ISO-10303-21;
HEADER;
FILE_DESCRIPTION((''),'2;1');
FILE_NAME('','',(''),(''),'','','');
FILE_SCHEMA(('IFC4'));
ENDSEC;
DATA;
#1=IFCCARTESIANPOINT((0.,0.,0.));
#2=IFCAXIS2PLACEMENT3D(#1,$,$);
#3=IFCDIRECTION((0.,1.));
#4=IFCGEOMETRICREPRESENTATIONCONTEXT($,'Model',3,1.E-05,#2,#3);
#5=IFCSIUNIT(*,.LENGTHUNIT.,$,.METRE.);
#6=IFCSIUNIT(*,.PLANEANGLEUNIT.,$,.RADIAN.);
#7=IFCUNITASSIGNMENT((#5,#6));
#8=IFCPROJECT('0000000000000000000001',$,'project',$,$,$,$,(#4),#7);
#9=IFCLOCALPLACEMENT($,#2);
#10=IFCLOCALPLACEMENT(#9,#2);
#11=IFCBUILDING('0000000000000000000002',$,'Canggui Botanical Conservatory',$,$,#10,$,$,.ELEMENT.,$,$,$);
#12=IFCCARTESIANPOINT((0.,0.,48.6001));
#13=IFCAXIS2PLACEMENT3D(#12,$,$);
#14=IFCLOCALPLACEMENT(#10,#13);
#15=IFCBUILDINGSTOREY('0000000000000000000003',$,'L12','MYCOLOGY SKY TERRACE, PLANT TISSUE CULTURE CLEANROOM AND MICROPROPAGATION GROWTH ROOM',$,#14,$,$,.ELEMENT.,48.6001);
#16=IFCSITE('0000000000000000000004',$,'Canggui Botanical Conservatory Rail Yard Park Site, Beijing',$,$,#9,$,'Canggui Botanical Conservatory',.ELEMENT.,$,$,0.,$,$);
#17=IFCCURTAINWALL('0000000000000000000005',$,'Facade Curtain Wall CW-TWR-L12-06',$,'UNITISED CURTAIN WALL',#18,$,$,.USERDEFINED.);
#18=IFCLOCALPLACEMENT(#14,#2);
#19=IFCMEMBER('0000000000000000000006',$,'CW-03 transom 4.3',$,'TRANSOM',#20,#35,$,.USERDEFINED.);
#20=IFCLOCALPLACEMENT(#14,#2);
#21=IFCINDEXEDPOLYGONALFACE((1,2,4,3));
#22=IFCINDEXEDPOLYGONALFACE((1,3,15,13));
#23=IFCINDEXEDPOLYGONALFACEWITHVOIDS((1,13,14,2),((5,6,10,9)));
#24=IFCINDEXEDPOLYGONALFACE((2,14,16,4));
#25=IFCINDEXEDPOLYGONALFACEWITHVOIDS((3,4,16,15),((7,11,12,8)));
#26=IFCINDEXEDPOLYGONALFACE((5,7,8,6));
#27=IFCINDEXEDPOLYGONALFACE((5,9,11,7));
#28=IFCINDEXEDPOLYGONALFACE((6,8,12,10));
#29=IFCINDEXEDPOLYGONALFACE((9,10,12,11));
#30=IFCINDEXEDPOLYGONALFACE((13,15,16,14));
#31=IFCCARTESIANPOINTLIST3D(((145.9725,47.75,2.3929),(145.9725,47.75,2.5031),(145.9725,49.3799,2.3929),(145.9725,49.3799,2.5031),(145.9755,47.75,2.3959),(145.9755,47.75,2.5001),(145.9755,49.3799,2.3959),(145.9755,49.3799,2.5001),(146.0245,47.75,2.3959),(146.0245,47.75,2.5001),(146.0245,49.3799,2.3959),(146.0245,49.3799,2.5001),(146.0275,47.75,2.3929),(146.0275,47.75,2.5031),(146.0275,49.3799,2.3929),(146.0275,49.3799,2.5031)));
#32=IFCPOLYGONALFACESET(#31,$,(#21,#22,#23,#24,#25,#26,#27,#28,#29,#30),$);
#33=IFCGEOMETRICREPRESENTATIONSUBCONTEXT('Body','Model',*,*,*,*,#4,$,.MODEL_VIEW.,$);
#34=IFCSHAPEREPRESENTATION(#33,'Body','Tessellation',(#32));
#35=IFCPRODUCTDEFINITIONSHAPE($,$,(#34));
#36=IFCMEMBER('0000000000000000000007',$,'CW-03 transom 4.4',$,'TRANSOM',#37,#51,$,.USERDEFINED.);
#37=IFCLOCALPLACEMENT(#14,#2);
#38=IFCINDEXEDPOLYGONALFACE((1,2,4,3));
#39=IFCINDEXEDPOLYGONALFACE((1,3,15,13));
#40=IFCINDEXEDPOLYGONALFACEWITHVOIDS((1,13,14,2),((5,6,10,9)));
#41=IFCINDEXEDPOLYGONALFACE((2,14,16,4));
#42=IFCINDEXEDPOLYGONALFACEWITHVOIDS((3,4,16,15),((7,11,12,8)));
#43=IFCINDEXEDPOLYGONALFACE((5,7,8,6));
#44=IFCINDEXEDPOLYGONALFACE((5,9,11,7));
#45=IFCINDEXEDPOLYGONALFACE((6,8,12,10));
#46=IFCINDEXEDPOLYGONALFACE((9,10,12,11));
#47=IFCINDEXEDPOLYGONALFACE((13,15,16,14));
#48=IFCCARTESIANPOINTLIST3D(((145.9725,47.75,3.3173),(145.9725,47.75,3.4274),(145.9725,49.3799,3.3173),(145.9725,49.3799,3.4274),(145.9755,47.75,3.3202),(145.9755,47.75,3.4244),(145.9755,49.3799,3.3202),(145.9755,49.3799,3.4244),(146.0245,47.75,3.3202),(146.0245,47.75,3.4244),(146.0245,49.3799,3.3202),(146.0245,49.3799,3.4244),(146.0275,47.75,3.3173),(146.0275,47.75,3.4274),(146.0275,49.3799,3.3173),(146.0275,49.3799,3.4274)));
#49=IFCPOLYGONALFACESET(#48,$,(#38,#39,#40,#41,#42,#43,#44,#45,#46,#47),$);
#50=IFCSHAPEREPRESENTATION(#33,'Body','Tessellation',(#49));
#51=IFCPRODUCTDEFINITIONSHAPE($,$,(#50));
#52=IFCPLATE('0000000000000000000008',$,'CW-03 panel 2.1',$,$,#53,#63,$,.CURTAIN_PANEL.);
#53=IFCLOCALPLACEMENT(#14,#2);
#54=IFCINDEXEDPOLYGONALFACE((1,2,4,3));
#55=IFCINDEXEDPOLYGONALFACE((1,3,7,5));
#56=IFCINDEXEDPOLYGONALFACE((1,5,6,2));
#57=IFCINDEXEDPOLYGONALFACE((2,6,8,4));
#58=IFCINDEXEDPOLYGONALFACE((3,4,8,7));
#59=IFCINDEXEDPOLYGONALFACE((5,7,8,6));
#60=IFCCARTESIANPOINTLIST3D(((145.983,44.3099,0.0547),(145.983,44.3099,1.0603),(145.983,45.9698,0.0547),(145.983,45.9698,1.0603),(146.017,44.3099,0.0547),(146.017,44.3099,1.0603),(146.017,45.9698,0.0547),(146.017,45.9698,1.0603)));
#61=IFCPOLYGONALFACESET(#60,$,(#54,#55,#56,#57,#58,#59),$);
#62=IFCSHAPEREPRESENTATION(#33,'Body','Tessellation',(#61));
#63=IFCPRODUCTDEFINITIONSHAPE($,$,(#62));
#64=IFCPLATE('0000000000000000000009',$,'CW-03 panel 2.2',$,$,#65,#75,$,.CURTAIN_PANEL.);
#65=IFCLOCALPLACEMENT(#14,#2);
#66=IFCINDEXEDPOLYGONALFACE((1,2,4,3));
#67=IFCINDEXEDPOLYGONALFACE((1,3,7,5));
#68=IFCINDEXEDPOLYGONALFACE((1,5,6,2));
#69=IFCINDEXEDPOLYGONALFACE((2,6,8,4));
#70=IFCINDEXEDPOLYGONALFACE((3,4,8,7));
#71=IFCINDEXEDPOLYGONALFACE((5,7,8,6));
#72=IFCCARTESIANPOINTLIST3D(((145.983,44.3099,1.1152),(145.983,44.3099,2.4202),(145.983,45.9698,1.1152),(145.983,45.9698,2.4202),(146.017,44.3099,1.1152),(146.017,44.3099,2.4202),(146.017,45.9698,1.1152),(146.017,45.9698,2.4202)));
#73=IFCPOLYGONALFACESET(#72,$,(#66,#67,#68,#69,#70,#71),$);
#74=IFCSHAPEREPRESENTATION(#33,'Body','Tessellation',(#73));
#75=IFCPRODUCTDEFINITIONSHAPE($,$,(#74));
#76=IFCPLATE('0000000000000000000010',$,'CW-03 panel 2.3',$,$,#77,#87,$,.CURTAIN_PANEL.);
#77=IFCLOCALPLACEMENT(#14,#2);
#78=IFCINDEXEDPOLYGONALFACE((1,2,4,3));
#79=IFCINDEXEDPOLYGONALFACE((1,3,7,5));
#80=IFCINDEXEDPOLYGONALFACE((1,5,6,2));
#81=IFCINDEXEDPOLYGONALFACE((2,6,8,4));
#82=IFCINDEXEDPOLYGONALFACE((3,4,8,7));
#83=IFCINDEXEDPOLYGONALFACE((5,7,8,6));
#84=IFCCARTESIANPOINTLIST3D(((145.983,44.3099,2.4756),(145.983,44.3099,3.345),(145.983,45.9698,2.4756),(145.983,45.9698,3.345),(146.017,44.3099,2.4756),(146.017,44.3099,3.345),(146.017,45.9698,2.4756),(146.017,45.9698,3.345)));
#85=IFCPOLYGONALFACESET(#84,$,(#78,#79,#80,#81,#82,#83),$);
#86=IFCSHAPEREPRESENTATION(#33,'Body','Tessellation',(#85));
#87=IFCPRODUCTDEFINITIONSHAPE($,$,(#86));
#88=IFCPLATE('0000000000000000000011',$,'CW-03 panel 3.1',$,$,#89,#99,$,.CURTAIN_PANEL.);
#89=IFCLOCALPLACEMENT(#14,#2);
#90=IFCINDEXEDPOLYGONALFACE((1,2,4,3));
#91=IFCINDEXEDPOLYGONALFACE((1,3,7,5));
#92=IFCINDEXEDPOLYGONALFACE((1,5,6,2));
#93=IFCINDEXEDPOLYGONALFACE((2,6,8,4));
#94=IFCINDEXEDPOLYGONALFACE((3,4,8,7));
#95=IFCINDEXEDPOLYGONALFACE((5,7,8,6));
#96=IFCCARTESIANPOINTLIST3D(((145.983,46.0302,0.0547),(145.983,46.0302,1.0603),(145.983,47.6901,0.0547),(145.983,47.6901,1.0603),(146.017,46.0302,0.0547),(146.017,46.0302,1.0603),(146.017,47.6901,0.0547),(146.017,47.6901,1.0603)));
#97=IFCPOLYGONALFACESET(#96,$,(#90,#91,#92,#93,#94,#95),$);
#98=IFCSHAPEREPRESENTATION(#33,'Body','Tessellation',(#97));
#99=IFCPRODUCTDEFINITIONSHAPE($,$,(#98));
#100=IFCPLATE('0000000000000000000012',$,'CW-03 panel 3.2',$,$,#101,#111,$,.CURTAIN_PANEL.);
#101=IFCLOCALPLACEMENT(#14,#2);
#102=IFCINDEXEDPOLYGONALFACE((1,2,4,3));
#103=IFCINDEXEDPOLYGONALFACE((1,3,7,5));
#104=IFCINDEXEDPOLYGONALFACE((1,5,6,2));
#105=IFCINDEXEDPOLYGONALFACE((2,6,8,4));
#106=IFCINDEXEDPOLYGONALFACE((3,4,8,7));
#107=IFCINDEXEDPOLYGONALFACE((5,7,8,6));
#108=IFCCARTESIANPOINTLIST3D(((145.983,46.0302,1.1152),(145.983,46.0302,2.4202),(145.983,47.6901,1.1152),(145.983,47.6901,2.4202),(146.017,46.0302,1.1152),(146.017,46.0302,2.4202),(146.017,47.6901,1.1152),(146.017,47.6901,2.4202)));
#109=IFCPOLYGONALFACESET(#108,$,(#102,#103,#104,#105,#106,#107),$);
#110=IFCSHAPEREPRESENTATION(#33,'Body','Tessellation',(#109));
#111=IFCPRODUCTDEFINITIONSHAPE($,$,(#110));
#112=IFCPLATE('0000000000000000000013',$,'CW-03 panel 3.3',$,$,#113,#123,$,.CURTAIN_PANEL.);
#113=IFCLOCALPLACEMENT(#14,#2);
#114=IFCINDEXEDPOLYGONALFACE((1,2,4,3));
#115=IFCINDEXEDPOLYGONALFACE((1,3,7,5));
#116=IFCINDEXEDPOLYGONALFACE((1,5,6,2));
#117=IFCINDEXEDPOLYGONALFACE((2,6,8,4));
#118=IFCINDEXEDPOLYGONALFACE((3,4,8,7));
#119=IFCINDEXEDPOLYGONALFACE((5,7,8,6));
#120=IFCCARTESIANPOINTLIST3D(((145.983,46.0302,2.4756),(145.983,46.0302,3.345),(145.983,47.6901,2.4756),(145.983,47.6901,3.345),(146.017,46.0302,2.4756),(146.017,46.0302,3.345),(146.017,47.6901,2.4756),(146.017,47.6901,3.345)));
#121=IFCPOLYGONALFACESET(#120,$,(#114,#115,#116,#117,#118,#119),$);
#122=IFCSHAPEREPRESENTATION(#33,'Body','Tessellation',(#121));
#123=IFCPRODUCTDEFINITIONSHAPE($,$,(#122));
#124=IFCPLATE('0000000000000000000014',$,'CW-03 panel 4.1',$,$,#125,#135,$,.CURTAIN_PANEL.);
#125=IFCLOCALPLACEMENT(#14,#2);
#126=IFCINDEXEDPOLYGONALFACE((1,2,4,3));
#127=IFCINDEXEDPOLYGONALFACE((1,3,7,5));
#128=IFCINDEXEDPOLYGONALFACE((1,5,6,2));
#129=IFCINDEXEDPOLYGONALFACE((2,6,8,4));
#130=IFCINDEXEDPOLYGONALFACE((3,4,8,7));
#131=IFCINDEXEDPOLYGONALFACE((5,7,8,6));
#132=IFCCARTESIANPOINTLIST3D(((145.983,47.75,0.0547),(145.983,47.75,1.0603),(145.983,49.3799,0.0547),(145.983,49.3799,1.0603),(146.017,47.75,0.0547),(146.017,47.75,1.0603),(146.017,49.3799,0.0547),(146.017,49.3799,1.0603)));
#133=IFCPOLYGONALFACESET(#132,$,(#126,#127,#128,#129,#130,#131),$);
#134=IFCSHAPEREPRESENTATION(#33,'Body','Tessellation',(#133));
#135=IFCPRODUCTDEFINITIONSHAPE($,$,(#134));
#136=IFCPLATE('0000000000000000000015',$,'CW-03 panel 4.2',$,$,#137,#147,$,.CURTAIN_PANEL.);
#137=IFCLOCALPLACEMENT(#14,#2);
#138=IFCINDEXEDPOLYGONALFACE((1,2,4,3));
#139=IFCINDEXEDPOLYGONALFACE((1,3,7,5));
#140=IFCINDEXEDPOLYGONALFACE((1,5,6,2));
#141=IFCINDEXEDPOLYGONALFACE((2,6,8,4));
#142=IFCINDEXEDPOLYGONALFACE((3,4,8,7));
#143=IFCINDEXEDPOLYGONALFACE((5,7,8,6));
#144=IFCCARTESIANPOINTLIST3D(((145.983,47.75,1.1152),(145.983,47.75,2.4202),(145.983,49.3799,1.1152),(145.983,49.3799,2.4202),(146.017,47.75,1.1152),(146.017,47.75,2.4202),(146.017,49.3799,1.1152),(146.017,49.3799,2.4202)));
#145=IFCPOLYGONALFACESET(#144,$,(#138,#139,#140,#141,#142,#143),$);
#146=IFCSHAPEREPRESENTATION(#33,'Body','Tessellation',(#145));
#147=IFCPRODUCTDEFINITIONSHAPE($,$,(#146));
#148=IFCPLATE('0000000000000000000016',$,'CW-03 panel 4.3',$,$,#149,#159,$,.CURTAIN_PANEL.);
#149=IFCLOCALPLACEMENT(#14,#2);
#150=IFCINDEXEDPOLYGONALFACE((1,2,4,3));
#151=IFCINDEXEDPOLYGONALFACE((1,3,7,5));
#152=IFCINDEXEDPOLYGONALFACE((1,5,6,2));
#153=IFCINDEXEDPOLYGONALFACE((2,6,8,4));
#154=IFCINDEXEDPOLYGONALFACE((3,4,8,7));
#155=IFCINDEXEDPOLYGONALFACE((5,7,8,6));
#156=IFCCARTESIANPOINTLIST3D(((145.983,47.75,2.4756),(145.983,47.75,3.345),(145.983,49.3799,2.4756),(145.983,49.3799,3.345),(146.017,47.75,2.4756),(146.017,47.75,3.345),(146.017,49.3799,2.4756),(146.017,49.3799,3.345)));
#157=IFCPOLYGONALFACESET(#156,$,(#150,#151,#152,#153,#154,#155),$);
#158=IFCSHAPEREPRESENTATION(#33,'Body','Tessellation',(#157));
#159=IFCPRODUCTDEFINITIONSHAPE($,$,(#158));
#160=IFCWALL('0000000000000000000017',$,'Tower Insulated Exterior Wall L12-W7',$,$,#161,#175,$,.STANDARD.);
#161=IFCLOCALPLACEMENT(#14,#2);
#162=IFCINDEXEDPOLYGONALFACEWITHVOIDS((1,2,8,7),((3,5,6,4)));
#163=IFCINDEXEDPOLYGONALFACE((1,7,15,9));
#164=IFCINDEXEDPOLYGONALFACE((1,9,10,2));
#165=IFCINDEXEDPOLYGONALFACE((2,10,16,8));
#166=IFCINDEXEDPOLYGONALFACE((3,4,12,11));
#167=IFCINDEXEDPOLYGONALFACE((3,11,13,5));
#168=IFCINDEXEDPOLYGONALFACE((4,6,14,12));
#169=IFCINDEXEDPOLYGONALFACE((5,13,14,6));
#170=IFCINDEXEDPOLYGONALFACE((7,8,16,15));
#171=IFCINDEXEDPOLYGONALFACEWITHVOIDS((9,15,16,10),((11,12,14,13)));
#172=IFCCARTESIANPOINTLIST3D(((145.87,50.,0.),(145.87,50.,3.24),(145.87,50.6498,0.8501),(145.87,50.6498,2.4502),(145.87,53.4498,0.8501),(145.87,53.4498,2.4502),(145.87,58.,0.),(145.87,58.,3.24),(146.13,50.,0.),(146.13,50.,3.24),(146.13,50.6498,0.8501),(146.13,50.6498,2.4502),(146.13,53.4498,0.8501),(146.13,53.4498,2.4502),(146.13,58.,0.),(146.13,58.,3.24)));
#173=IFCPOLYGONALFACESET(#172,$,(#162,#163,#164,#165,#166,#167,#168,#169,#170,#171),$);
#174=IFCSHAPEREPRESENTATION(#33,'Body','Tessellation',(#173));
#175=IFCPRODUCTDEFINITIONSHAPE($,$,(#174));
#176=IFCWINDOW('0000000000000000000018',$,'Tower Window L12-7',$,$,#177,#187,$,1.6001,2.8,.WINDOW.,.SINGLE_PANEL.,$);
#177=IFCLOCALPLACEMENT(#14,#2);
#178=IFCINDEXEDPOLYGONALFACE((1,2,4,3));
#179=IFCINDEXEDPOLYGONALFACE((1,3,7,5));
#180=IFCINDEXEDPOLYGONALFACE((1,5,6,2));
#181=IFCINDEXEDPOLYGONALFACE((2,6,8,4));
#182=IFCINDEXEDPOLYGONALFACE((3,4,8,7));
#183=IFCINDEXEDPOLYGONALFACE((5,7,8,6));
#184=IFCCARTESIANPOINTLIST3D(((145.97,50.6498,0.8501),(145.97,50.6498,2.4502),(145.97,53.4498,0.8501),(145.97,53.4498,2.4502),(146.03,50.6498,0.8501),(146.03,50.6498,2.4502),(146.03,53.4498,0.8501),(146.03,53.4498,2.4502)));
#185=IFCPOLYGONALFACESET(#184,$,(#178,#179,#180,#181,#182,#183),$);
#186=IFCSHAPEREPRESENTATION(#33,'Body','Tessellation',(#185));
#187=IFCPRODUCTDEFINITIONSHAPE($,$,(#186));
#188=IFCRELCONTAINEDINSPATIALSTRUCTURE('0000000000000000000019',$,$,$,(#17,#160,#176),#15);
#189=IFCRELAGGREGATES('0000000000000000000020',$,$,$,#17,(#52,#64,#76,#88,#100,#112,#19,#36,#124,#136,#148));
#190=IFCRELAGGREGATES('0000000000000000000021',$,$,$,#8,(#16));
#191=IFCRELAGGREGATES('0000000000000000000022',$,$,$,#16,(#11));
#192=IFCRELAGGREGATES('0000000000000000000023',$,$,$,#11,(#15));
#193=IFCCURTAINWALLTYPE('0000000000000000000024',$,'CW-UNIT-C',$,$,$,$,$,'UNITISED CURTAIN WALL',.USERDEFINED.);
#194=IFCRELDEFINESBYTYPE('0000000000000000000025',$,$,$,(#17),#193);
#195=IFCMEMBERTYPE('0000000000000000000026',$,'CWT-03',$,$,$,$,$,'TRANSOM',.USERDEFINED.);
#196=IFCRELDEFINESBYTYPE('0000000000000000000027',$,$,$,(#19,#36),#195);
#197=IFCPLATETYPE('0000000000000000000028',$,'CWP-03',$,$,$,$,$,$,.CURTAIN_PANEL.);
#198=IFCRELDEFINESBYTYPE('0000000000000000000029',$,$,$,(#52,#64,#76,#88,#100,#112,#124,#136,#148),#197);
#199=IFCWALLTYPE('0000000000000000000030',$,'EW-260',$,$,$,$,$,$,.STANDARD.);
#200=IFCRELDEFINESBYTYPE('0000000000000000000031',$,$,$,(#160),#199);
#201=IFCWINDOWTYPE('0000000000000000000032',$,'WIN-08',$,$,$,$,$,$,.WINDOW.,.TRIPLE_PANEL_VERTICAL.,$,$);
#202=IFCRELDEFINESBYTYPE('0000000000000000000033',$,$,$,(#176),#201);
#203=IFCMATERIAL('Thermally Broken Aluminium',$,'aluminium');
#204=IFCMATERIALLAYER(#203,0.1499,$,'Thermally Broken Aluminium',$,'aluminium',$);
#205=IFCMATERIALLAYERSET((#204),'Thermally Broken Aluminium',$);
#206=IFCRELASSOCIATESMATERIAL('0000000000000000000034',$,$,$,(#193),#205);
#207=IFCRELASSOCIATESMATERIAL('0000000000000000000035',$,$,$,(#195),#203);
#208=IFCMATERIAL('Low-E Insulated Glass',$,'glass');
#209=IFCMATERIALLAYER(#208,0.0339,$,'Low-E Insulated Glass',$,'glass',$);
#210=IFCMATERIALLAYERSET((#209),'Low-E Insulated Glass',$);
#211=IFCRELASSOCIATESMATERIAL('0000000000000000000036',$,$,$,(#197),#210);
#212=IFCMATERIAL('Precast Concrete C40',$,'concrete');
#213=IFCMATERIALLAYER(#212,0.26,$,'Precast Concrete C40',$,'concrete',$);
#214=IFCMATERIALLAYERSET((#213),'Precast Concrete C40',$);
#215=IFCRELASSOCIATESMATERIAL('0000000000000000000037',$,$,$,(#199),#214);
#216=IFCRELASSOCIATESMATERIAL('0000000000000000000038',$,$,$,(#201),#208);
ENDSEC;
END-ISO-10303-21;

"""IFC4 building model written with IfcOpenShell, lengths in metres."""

from ifc_helpers import new_model, si_unit, direction, frame, frame_2d, origin, origin_2d, place, context, subcontext, project, spatial, rectangle, hollow_rectangle, extrude, material, layer, layer_set, material_profile, profile_set, type_object, element, fill, aggregate, save


model = new_model("IFC4")

# Units and contexts
model_context = context("Model", 3, precision=1e-05, world=origin(), true_north=direction((0.0, 1.0)))
body_context = subcontext(model_context, "Body", "Model", "MODEL_VIEW")
ifc_project = project(units=[si_unit("LENGTHUNIT", "METRE"), si_unit("PLANEANGLEUNIT", "RADIAN")], contexts=[model_context])

# Site, building, storey
site_placement = place(None, origin())
site = spatial("IfcSite", under=ifc_project, at=site_placement, Name="Canggui Botanical Conservatory Rail Yard Park Site, Beijing", LongName="Canggui Botanical Conservatory", CompositionType="ELEMENT", RefElevation=0.0)
building_placement = place(site_placement, origin())
building = spatial("IfcBuilding", under=site, at=building_placement, Name="Canggui Botanical Conservatory", CompositionType="ELEMENT")
storey_placement = place(building_placement, frame((0.0, 0.0, 48.6001)))
storey = spatial("IfcBuildingStorey", under=building, at=storey_placement, Name="L12", Description="MYCOLOGY SKY TERRACE, PLANT TISSUE CULTURE CLEANROOM AND MICROPROPAGATION GROWTH ROOM", CompositionType="ELEMENT", Elevation=48.6001)

# Shared definitions
ifc_material_1 = material(Name="Thermally Broken Aluminium", Category="aluminium")
ifc_layer_1 = layer(ifc_material_1, 0.1499, Name="Thermally Broken Aluminium", Category="aluminium")
ifc_layer_set_1 = layer_set([ifc_layer_1], Name="Thermally Broken Aluminium")
curtain_wall_type = type_object("IfcCurtainWallType", Name="CW-UNIT-C", ElementType="UNITISED CURTAIN WALL", PredefinedType="USERDEFINED", material=ifc_layer_set_1)

# Curtain wall, members, plates
curtain_wall_1_placement = place(storey_placement, origin())
curtain_wall_1 = element("IfcCurtainWall", 1, at=curtain_wall_1_placement, inside=storey, type_object=curtain_wall_type, Name="Facade Curtain Wall CW-TWR-L12-06", ObjectType="UNITISED CURTAIN WALL", PredefinedType="USERDEFINED")
ifc_material_profile_1 = material_profile(ifc_material_1, hollow_rectangle(XDim=0.0549, YDim=0.1101, WallThickness=0.0029, at=origin_2d()), Name="CWT 55x110x3")
ifc_profile_set_1 = profile_set([ifc_material_profile_1], Name="Thermally Broken Aluminium")
member_type_1 = type_object("IfcMemberType", Name="CWT-03", ElementType="TRANSOM", PredefinedType="USERDEFINED", material=ifc_profile_set_1)
member_1_placement = place(storey_placement, frame((146.0, 47.75, 2.448), z_axis=(0.0, 1.0, 0.0), x_axis=(-1.0, 0.0, 0.0)))
member_1 = element("IfcMember", 2, at=member_1_placement, type_object=member_type_1, Name="CW-03 transom 4.3", ObjectType="TRANSOM", PredefinedType="USERDEFINED", context=body_context, shape_type="SweptSolid", body=[
    extrude(hollow_rectangle(XDim=0.0549, YDim=0.1101, WallThickness=0.0029, at=origin_2d()), origin(), (0.0, 0.0, 1.0), 1.6299),
])
member_2_placement = place(storey_placement, frame((146.0, 47.75, 3.3723), z_axis=(0.0, 1.0, 0.0), x_axis=(-1.0, 0.0, 0.0)))
member_2 = element("IfcMember", 3, at=member_2_placement, type_object=member_type_1, Name="CW-03 transom 4.4", ObjectType="TRANSOM", PredefinedType="USERDEFINED", context=body_context, shape_type="SweptSolid", body=[
    extrude(hollow_rectangle(XDim=0.0549, YDim=0.1101, WallThickness=0.0029, at=origin_2d()), origin(), (0.0, 0.0, 1.0), 1.6299),
])
ifc_material_2 = material(Name="Low-E Insulated Glass", Category="glass")
ifc_layer_2 = layer(ifc_material_2, 0.0339, Name="Low-E Insulated Glass", Category="glass")
ifc_layer_set_2 = layer_set([ifc_layer_2], Name="Low-E Insulated Glass")
plate_type = type_object("IfcPlateType", Name="CWP-03", PredefinedType="CURTAIN_PANEL", material=ifc_layer_set_2)
plate_1_placement = place(storey_placement, frame((146.0, 45.1399, 0.0547), z_axis=(0.0, 0.0, 1.0), x_axis=(0.0, 1.0, 0.0)))
plate_1 = element("IfcPlate", 4, at=plate_1_placement, type_object=plate_type, Name="CW-03 panel 2.1", PredefinedType="CURTAIN_PANEL", context=body_context, shape_type="SweptSolid", body=[
    extrude(rectangle(XDim=1.6599, YDim=0.0339, at=origin_2d()), origin(), (0.0, 0.0, 1.0), 1.0056),
])
plate_2_placement = place(storey_placement, frame((146.0, 45.1399, 1.1152), z_axis=(0.0, 0.0, 1.0), x_axis=(0.0, 1.0, 0.0)))
plate_2 = element("IfcPlate", 5, at=plate_2_placement, type_object=plate_type, Name="CW-03 panel 2.2", PredefinedType="CURTAIN_PANEL", context=body_context, shape_type="SweptSolid", body=[
    extrude(rectangle(XDim=1.6599, YDim=0.0339, at=origin_2d()), origin(), (0.0, 0.0, 1.0), 1.3049),
])
plate_3_placement = place(storey_placement, frame((146.0, 45.1399, 2.4756), z_axis=(0.0, 0.0, 1.0), x_axis=(0.0, 1.0, 0.0)))
plate_3 = element("IfcPlate", 6, at=plate_3_placement, type_object=plate_type, Name="CW-03 panel 2.3", PredefinedType="CURTAIN_PANEL", context=body_context, shape_type="SweptSolid", body=[
    extrude(rectangle(XDim=1.6599, YDim=0.0339, at=origin_2d()), origin(), (0.0, 0.0, 1.0), 0.8694),
])
plate_4_placement = place(storey_placement, frame((146.0, 46.8601, 0.0547), z_axis=(0.0, 0.0, 1.0), x_axis=(0.0, 1.0, 0.0)))
plate_4 = element("IfcPlate", 7, at=plate_4_placement, type_object=plate_type, Name="CW-03 panel 3.1", PredefinedType="CURTAIN_PANEL", context=body_context, shape_type="SweptSolid", body=[
    extrude(rectangle(XDim=1.6599, YDim=0.0339, at=origin_2d()), origin(), (0.0, 0.0, 1.0), 1.0056),
])
plate_5_placement = place(storey_placement, frame((146.0, 46.8601, 1.1152), z_axis=(0.0, 0.0, 1.0), x_axis=(0.0, 1.0, 0.0)))
plate_5 = element("IfcPlate", 8, at=plate_5_placement, type_object=plate_type, Name="CW-03 panel 3.2", PredefinedType="CURTAIN_PANEL", context=body_context, shape_type="SweptSolid", body=[
    extrude(rectangle(XDim=1.6599, YDim=0.0339, at=origin_2d()), origin(), (0.0, 0.0, 1.0), 1.3049),
])
plate_6_placement = place(storey_placement, frame((146.0, 46.8601, 2.4756), z_axis=(0.0, 0.0, 1.0), x_axis=(0.0, 1.0, 0.0)))
plate_6 = element("IfcPlate", 9, at=plate_6_placement, type_object=plate_type, Name="CW-03 panel 3.3", PredefinedType="CURTAIN_PANEL", context=body_context, shape_type="SweptSolid", body=[
    extrude(rectangle(XDim=1.6599, YDim=0.0339, at=origin_2d()), origin(), (0.0, 0.0, 1.0), 0.8694),
])
plate_7_placement = place(storey_placement, frame((146.0, 48.5649, 0.0547), z_axis=(0.0, 0.0, 1.0), x_axis=(0.0, 1.0, 0.0)))
plate_7 = element("IfcPlate", 10, at=plate_7_placement, type_object=plate_type, Name="CW-03 panel 4.1", PredefinedType="CURTAIN_PANEL", context=body_context, shape_type="SweptSolid", body=[
    extrude(rectangle(XDim=1.6299, YDim=0.0339, at=origin_2d()), origin(), (0.0, 0.0, 1.0), 1.0056),
])
plate_8_placement = place(storey_placement, frame((146.0, 48.5649, 1.1152), z_axis=(0.0, 0.0, 1.0), x_axis=(0.0, 1.0, 0.0)))
plate_8 = element("IfcPlate", 11, at=plate_8_placement, type_object=plate_type, Name="CW-03 panel 4.2", PredefinedType="CURTAIN_PANEL", context=body_context, shape_type="SweptSolid", body=[
    extrude(rectangle(XDim=1.6299, YDim=0.0339, at=origin_2d()), origin(), (0.0, 0.0, 1.0), 1.3049),
])
plate_9_placement = place(storey_placement, frame((146.0, 48.5649, 2.4756), z_axis=(0.0, 0.0, 1.0), x_axis=(0.0, 1.0, 0.0)))
plate_9 = element("IfcPlate", 12, at=plate_9_placement, type_object=plate_type, Name="CW-03 panel 4.3", PredefinedType="CURTAIN_PANEL", context=body_context, shape_type="SweptSolid", body=[
    extrude(rectangle(XDim=1.6299, YDim=0.0339, at=origin_2d()), origin(), (0.0, 0.0, 1.0), 0.8694),
])
aggregate(curtain_wall_1, [plate_1, plate_2, plate_3, plate_4, plate_5, plate_6, member_1, member_2, plate_7, plate_8, plate_9])

# Wall, opening, window
ifc_material_3 = material(Name="Precast Concrete C40", Category="concrete")
ifc_layer_3 = layer(ifc_material_3, 0.26, Name="Precast Concrete C40", Category="concrete")
ifc_layer_set_3 = layer_set([ifc_layer_3], Name="Precast Concrete C40")
wall_type = type_object("IfcWallType", Name="EW-260", PredefinedType="STANDARD", material=ifc_layer_set_3)
wall_placement = place(storey_placement, frame((146.0, 50.0, 0.0), z_axis=(0.0, 0.0, 1.0), x_axis=(0.0, 1.0, 0.0)))
wall = element("IfcWall", 13, at=wall_placement, inside=storey, type_object=wall_type, Name="Tower Insulated Exterior Wall L12-W7", PredefinedType="STANDARD", context=body_context, shape_type="SweptSolid", body=[
    extrude(rectangle(XDim=8.0, YDim=0.26, at=frame_2d((4.0, 0.0))), origin(), (0.0, 0.0, 1.0), 3.24),
])
opening_placement = place(wall_placement, frame((0.6499, 0.0, 0.8501)))
opening = element("IfcOpeningElement", 14, at=opening_placement, cuts=wall, PredefinedType="OPENING", context=body_context, shape_type="SweptSolid", body=[
    extrude(rectangle(XDim=2.8, YDim=1.6001, at=frame_2d((1.3999, 0.8))), frame((0.0, 0.1401, 0.0), z_axis=(0.0, -1.0, 0.0), x_axis=(1.0, 0.0, 0.0)), (0.0, 0.0, 1.0), 0.28),
])
window_type = type_object("IfcWindowType", Name="WIN-08", PartitioningType="TRIPLE_PANEL_VERTICAL", PredefinedType="WINDOW", material=ifc_material_2)
window_placement = place(opening_placement, origin())
window = element("IfcWindow", 15, at=window_placement, inside=storey, type_object=window_type, Name="Tower Window L12-7", OverallHeight=1.6001, OverallWidth=2.8, PartitioningType="SINGLE_PANEL", PredefinedType="WINDOW", context=body_context, shape_type="SweptSolid", body=[
    extrude(rectangle(XDim=2.8, YDim=1.6001, at=frame_2d((1.3999, 0.8))), frame((0.0, 0.03, 0.0), z_axis=(0.0, -1.0, 0.0), x_axis=(1.0, 0.0, 0.0)), (0.0, 0.0, 1.0), 0.0601),
])
fill(opening, window)

save(model, "model.ifc")
